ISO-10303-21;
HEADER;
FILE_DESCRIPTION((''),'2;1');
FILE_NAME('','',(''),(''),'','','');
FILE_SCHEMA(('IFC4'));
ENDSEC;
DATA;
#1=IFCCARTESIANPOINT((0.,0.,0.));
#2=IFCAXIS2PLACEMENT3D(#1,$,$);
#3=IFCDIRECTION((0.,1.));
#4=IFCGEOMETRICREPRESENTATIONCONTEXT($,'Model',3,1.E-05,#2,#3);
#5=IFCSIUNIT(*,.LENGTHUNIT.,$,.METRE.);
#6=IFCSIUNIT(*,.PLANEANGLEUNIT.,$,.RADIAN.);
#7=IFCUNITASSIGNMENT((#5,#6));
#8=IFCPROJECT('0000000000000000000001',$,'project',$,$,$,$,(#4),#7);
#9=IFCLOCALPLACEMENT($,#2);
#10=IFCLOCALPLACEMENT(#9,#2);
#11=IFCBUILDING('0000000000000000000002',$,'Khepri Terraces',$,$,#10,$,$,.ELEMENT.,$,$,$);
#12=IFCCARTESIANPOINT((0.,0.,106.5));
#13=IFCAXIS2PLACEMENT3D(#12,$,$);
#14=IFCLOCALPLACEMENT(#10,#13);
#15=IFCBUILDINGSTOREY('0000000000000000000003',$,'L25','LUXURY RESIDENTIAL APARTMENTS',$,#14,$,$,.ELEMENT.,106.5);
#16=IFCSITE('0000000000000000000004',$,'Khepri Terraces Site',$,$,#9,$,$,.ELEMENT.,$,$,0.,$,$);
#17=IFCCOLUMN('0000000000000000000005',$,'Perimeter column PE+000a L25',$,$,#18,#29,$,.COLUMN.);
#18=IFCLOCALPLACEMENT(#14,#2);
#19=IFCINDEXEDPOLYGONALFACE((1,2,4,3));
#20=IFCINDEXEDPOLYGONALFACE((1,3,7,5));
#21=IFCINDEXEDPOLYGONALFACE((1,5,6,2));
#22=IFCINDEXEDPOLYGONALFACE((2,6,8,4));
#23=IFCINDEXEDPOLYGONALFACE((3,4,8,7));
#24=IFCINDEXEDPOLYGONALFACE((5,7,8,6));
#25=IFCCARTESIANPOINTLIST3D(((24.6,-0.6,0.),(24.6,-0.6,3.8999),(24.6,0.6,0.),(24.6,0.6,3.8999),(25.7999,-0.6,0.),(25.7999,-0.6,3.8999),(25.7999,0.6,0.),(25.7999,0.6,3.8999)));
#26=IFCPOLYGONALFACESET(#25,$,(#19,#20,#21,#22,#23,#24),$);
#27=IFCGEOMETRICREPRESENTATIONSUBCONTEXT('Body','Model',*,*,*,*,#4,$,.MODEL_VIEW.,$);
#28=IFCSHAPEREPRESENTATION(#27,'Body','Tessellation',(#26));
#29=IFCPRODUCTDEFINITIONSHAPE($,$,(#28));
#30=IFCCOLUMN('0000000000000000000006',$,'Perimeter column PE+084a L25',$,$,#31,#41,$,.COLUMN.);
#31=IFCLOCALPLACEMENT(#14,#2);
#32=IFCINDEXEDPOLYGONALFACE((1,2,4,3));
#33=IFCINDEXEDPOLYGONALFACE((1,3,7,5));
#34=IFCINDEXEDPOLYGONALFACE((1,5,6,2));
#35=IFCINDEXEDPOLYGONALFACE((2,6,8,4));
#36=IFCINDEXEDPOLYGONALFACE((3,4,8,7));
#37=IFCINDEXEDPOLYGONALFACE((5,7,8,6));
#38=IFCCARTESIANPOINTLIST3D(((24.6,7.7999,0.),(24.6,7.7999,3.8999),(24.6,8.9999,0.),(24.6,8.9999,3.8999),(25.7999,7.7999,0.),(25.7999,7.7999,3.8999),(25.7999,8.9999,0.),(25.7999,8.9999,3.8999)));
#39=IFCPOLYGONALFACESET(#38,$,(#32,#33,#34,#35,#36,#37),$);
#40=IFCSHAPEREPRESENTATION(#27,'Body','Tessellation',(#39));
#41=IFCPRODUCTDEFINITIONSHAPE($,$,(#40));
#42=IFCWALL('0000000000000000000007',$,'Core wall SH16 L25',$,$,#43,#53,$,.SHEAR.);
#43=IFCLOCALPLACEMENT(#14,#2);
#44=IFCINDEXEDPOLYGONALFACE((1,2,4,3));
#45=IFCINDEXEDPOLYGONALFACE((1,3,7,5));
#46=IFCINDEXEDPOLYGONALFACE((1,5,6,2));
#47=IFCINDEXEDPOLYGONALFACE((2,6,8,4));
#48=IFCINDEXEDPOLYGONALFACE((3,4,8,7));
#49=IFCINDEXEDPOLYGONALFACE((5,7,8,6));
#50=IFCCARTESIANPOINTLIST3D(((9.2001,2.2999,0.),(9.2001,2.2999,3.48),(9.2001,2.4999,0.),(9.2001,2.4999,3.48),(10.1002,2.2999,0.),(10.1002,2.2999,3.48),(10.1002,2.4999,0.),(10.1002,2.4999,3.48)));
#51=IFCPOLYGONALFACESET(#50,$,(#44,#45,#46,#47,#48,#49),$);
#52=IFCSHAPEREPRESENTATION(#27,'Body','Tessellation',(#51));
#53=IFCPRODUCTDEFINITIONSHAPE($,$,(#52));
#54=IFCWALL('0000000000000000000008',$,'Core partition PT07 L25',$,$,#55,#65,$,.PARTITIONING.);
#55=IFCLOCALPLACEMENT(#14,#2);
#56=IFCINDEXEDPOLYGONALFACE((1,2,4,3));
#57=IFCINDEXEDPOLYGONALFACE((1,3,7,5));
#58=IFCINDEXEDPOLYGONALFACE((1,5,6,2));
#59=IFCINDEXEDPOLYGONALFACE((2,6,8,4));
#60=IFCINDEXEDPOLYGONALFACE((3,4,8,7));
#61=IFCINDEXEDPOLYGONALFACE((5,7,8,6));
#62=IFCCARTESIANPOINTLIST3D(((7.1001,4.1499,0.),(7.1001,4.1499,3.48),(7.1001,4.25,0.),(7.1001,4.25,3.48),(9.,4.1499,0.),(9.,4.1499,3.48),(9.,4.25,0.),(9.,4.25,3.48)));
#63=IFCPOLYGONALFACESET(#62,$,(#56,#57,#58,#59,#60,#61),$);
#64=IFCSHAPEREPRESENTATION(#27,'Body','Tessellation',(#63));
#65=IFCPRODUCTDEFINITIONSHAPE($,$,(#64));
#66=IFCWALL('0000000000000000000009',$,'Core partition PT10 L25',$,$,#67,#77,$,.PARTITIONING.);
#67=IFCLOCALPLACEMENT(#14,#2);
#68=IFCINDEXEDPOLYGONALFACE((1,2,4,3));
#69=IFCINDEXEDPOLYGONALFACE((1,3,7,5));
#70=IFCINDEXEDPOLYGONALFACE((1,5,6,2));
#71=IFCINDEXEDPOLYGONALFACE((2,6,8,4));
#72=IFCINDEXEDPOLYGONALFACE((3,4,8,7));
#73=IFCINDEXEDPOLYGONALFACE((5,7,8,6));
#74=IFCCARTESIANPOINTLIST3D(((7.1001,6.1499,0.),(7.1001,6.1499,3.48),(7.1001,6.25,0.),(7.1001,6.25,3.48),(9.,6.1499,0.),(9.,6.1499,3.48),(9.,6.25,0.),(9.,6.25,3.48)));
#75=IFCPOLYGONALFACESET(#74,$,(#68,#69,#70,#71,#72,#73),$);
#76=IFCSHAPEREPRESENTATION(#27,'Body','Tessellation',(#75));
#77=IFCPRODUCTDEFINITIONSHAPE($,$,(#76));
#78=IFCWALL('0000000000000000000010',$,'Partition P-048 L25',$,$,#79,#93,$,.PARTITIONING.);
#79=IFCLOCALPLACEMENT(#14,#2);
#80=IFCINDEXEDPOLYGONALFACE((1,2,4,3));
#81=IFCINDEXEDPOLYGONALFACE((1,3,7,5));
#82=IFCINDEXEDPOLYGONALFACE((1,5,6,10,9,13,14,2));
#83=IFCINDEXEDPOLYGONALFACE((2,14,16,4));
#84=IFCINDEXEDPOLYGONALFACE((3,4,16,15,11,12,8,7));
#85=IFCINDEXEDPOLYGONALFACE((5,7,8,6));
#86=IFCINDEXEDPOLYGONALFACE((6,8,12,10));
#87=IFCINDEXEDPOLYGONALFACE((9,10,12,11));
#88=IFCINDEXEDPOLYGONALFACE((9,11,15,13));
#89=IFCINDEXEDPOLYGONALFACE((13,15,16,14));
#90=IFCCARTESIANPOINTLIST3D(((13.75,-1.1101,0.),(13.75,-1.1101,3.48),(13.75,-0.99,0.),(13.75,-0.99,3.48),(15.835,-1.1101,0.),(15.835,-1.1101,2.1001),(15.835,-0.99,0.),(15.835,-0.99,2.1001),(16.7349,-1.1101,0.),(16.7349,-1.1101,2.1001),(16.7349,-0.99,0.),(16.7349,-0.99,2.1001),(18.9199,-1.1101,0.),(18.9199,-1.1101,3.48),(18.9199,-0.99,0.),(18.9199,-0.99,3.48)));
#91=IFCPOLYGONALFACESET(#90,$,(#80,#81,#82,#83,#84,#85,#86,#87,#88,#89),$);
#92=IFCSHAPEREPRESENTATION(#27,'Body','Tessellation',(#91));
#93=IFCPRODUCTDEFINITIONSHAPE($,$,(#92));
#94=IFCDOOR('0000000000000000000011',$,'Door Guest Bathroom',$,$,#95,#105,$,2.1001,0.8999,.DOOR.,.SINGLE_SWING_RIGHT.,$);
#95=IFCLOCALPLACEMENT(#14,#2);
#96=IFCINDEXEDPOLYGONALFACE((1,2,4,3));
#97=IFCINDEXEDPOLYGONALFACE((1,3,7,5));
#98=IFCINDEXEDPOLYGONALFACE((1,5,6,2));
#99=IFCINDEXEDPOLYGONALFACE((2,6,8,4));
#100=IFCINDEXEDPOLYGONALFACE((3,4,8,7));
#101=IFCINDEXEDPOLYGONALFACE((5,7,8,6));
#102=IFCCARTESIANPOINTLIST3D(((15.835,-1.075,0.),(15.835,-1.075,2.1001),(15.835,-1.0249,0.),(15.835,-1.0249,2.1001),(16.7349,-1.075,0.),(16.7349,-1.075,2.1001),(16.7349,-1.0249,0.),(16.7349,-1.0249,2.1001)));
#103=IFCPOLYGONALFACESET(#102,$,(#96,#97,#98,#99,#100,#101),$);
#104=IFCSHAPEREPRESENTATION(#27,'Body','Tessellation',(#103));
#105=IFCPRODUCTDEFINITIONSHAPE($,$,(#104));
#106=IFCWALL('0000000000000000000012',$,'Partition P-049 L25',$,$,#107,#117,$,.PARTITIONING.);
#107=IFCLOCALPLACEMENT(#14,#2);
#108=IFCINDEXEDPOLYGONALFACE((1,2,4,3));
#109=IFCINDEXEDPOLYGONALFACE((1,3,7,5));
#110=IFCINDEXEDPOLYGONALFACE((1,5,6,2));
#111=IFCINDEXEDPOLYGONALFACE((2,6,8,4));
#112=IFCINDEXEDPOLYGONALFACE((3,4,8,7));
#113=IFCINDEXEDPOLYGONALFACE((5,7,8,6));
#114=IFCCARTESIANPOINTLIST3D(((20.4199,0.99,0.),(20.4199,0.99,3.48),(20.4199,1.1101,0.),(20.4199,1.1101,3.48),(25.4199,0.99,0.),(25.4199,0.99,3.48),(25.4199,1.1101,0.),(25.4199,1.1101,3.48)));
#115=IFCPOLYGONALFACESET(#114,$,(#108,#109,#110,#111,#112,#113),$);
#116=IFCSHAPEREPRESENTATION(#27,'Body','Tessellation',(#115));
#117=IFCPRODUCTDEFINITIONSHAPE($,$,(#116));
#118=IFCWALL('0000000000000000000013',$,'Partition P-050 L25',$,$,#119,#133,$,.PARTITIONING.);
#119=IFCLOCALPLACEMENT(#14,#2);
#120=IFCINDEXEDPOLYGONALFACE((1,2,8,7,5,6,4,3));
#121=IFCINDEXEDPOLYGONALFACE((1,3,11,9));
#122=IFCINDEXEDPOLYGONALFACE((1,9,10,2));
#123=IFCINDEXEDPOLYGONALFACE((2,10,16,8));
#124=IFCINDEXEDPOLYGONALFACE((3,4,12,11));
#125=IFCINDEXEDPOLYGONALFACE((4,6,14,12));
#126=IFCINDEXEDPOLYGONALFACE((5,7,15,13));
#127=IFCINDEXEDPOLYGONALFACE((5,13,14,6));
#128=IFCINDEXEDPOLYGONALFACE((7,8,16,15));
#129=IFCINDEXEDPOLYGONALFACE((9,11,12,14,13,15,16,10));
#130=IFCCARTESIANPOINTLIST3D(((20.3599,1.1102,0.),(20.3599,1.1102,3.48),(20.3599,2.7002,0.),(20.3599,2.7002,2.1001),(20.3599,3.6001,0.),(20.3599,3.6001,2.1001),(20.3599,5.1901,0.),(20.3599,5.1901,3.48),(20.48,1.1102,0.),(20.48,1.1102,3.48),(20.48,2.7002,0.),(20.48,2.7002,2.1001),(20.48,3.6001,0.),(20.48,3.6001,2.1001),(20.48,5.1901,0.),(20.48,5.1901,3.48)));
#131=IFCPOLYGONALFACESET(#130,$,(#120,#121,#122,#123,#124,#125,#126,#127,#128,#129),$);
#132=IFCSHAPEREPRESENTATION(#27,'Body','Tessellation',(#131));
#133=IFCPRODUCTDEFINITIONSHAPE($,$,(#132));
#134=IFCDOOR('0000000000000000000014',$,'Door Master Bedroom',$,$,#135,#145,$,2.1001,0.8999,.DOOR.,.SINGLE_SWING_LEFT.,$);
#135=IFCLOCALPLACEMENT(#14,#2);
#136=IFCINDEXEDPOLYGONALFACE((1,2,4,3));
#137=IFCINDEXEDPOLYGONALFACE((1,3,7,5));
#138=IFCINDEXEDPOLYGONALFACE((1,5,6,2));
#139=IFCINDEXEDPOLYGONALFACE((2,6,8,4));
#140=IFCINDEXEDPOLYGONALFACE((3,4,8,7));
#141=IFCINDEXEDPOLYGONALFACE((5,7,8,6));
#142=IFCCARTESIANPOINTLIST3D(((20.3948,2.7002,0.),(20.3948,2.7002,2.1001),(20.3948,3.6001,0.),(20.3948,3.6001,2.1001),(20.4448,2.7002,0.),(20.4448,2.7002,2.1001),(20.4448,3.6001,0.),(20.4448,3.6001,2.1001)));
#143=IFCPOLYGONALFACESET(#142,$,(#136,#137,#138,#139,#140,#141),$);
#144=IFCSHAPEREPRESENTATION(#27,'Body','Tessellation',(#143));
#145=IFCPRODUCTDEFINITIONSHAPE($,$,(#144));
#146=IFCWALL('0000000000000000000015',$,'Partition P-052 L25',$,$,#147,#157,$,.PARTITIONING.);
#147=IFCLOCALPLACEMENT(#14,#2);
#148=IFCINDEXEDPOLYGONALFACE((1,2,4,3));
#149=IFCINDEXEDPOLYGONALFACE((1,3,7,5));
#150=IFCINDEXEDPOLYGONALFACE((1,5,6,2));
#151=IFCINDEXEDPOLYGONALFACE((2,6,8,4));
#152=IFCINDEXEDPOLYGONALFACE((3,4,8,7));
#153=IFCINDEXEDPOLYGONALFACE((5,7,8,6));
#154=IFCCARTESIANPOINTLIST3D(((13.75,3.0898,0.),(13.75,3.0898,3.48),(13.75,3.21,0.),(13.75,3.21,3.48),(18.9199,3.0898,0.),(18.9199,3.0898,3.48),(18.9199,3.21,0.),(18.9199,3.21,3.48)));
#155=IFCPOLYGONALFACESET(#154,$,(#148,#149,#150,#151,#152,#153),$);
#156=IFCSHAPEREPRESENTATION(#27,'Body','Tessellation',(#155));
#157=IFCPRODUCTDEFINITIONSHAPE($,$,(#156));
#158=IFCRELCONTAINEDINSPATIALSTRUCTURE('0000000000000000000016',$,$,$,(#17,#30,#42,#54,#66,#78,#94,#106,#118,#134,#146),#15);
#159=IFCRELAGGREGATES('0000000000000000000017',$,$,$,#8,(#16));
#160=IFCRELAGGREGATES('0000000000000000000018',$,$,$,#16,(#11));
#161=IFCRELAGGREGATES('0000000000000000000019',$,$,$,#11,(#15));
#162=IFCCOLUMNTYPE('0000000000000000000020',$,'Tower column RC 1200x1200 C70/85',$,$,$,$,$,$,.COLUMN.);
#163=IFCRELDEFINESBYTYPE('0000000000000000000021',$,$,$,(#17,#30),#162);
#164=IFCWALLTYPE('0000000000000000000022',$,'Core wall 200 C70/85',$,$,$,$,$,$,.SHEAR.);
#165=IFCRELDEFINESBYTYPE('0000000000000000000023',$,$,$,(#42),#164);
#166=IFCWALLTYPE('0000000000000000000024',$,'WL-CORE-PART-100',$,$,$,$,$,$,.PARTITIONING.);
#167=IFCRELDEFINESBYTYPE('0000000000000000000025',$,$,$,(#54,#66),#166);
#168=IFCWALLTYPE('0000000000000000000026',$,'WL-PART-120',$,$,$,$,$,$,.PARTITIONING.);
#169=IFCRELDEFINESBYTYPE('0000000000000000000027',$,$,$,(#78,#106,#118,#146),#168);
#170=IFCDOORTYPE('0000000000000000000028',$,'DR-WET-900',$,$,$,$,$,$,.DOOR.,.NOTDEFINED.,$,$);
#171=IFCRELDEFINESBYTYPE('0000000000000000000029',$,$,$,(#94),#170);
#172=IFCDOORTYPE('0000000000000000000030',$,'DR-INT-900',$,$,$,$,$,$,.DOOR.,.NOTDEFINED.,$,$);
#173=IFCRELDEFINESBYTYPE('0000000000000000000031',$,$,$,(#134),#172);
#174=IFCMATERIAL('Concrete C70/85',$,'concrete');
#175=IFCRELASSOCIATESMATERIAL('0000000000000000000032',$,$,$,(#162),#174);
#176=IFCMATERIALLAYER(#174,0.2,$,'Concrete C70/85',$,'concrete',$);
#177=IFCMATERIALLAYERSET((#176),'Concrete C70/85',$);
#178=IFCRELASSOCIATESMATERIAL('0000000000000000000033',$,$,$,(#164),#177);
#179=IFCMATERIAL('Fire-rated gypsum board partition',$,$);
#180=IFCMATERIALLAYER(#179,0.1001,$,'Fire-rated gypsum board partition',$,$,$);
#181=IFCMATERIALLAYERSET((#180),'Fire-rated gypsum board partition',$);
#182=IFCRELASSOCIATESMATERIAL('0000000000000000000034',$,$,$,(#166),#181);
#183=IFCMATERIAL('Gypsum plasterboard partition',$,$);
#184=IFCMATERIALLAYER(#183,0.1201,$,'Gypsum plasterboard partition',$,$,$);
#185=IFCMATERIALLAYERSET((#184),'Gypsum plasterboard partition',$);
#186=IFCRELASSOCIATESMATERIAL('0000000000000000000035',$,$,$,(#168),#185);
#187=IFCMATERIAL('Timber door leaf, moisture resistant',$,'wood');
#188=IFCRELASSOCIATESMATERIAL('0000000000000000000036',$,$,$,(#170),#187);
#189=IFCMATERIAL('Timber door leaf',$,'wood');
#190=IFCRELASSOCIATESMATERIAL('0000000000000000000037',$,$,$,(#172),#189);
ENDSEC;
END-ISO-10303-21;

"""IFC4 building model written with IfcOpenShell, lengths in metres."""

from ifc_helpers import new_model, si_unit, direction, frame, frame_2d, origin, origin_2d, place, context, subcontext, project, spatial, rectangle, extrude, material, layer, layer_set, material_profile, profile_set, type_object, element, fill, save


model = new_model("IFC4")

# Units and contexts
model_context = context("Model", 3, precision=1e-05, world=origin(), true_north=direction((0.0, 1.0)))
body_context = subcontext(model_context, "Body", "Model", "MODEL_VIEW")
ifc_project = project(units=[si_unit("LENGTHUNIT", "METRE"), si_unit("PLANEANGLEUNIT", "RADIAN")], contexts=[model_context])

# Site, building, storey
site_placement = place(None, origin())
site = spatial("IfcSite", under=ifc_project, at=site_placement, Name="Khepri Terraces Site", CompositionType="ELEMENT", RefElevation=0.0)
building_placement = place(site_placement, origin())
building = spatial("IfcBuilding", under=site, at=building_placement, Name="Khepri Terraces", CompositionType="ELEMENT")
storey_placement = place(building_placement, frame((0.0, 0.0, 106.5)))
storey = spatial("IfcBuildingStorey", under=building, at=storey_placement, Name="L25", Description="LUXURY RESIDENTIAL APARTMENTS", CompositionType="ELEMENT", Elevation=106.5)

# Columns
ifc_material_1 = material(Name="Concrete C70/85", Category="concrete")
ifc_material_profile = material_profile(ifc_material_1, rectangle(XDim=1.2, YDim=1.2, at=origin_2d()), Name="Concrete C70/85", Category="concrete")
ifc_profile_set = profile_set([ifc_material_profile], Name="Concrete C70/85")
column_type = type_object("IfcColumnType", Name="Tower column RC 1200x1200 C70/85", PredefinedType="COLUMN", material=ifc_profile_set)
for number, where, z_axis, x_axis, name in (
    (1, (25.2, 0.0, 0.0), (0.0, 0.0, 1.0), (1.0, 0.0, 0.0), "Perimeter column PE+000a L25"),
    (2, (25.2, 8.3999, 0.0), (0.0, 0.0, 1.0), (1.0, 0.0, 0.0), "Perimeter column PE+084a L25"),
):
    element("IfcColumn", number, at=place(storey_placement, frame(where, z_axis=z_axis, x_axis=x_axis)), inside=storey, type_object=column_type, Name=name, PredefinedType="COLUMN", context=body_context, shape_type="SweptSolid", body=[
        extrude(rectangle(XDim=1.2, YDim=1.2, at=origin_2d()), origin(), (0.0, 0.0, 1.0), 3.8999),
    ])

# Walls
ifc_layer_1 = layer(ifc_material_1, 0.2, Name="Concrete C70/85", Category="concrete")
ifc_layer_set_1 = layer_set([ifc_layer_1], Name="Concrete C70/85")
wall_type_1 = type_object("IfcWallType", Name="Core wall 200 C70/85", PredefinedType="SHEAR", material=ifc_layer_set_1)
wall_1_placement = place(storey_placement, frame((9.2, 2.3999, 0.0), z_axis=(0.0, 0.0, 1.0), x_axis=(1.0, 0.0, 0.0)))
element("IfcWall", 3, at=wall_1_placement, inside=storey, type_object=wall_type_1, Name="Core wall SH16 L25", PredefinedType="SHEAR", context=body_context, shape_type="SweptSolid", body=[
    extrude(rectangle(XDim=0.9001, YDim=0.2, at=frame_2d((0.4502, 0.0))), origin(), (0.0, 0.0, 1.0), 3.48),
])
ifc_material_2 = material(Name="Fire-rated gypsum board partition")
ifc_layer_2 = layer(ifc_material_2, 0.1001, Name="Fire-rated gypsum board partition")
ifc_layer_set_2 = layer_set([ifc_layer_2], Name="Fire-rated gypsum board partition")
wall_type_2 = type_object("IfcWallType", Name="WL-CORE-PART-100", PredefinedType="PARTITIONING", material=ifc_layer_set_2)
for number, where, z_axis, x_axis, name in (
    (4, (7.1001, 4.2, 0.0), (0.0, 0.0, 1.0), (1.0, 0.0, 0.0), "Core partition PT07 L25"),
    (5, (7.1001, 6.2, 0.0), (0.0, 0.0, 1.0), (1.0, 0.0, 0.0), "Core partition PT10 L25"),
):
    element("IfcWall", number, at=place(storey_placement, frame(where, z_axis=z_axis, x_axis=x_axis)), inside=storey, type_object=wall_type_2, Name=name, PredefinedType="PARTITIONING", context=body_context, shape_type="SweptSolid", body=[
        extrude(rectangle(XDim=1.8999, YDim=0.1001, at=frame_2d((0.95, 0.0))), origin(), (0.0, 0.0, 1.0), 3.48),
    ])

# Wall, opening, door
ifc_material_3 = material(Name="Gypsum plasterboard partition")
ifc_layer_3 = layer(ifc_material_3, 0.1201, Name="Gypsum plasterboard partition")
ifc_layer_set_3 = layer_set([ifc_layer_3], Name="Gypsum plasterboard partition")
wall_type_3 = type_object("IfcWallType", Name="WL-PART-120", PredefinedType="PARTITIONING", material=ifc_layer_set_3)
wall_2_placement = place(storey_placement, frame((13.75, -1.05, 0.0), z_axis=(0.0, 0.0, 1.0), x_axis=(1.0, 0.0, 0.0)))
wall_2 = element("IfcWall", 6, at=wall_2_placement, inside=storey, type_object=wall_type_3, Name="Partition P-048 L25", PredefinedType="PARTITIONING", context=body_context, shape_type="SweptSolid", body=[
    extrude(rectangle(XDim=5.1699, YDim=0.1201, at=frame_2d((2.585, 0.0))), origin(), (0.0, 0.0, 1.0), 3.48),
])
opening_1_placement = place(wall_2_placement, frame((2.085, 0.0, 0.0)))
opening_1 = element("IfcOpeningElement", 7, at=opening_1_placement, cuts=wall_2, PredefinedType="OPENING", context=body_context, shape_type="SweptSolid", body=[
    extrude(rectangle(XDim=0.8999, YDim=2.1001, at=frame_2d((0.45, 1.05))), frame((0.0, 0.0701, 0.0), z_axis=(0.0, -1.0, 0.0), x_axis=(1.0, 0.0, 0.0)), (0.0, 0.0, 1.0), 0.1401),
])
ifc_material_4 = material(Name="Timber door leaf, moisture resistant", Category="wood")
door_type_1 = type_object("IfcDoorType", Name="DR-WET-900", OperationType="NOTDEFINED", PredefinedType="DOOR", material=ifc_material_4)
door_1_placement = place(opening_1_placement, frame((0.8999, 0.0, 0.0), z_axis=(0.0, 0.0, 1.0), x_axis=(-1.0, 0.0, 0.0)))
door_1 = element("IfcDoor", 8, at=door_1_placement, inside=storey, type_object=door_type_1, Name="Door Guest Bathroom", OperationType="SINGLE_SWING_RIGHT", OverallHeight=2.1001, OverallWidth=0.8999, PredefinedType="DOOR", context=body_context, shape_type="SweptSolid", body=[
    extrude(rectangle(XDim=0.8999, YDim=2.1001, at=frame_2d((0.45, 1.05))), frame((0.0, 0.0249, 0.0), z_axis=(0.0, -1.0, 0.0), x_axis=(1.0, 0.0, 0.0)), (0.0, 0.0, 1.0), 0.05),
])
fill(opening_1, door_1)

# Wall
wall_3_placement = place(storey_placement, frame((20.4199, 1.05, 0.0), z_axis=(0.0, 0.0, 1.0), x_axis=(1.0, 0.0, 0.0)))
element("IfcWall", 9, at=wall_3_placement, inside=storey, type_object=wall_type_3, Name="Partition P-049 L25", PredefinedType="PARTITIONING", context=body_context, shape_type="SweptSolid", body=[
    extrude(rectangle(XDim=5.0, YDim=0.1201, at=frame_2d((2.5, 0.0))), origin(), (0.0, 0.0, 1.0), 3.48),
])

# Wall, opening, door
wall_4_placement = place(storey_placement, frame((20.4199, 1.1101, 0.0), z_axis=(0.0, 0.0, 1.0), x_axis=(0.0, 1.0, 0.0)))
wall_4 = element("IfcWall", 10, at=wall_4_placement, inside=storey, type_object=wall_type_3, Name="Partition P-050 L25", PredefinedType="PARTITIONING", context=body_context, shape_type="SweptSolid", body=[
    extrude(rectangle(XDim=4.0798, YDim=0.1201, at=frame_2d((2.04, 0.0))), origin(), (0.0, 0.0, 1.0), 3.48),
])
opening_2_placement = place(wall_4_placement, frame((1.5901, 0.0, 0.0)))
opening_2 = element("IfcOpeningElement", 11, at=opening_2_placement, cuts=wall_4, PredefinedType="OPENING", context=body_context, shape_type="SweptSolid", body=[
    extrude(rectangle(XDim=0.8999, YDim=2.1001, at=frame_2d((0.45, 1.05))), frame((0.0, 0.0701, 0.0), z_axis=(0.0, -1.0, 0.0), x_axis=(1.0, 0.0, 0.0)), (0.0, 0.0, 1.0), 0.1401),
])
ifc_material_5 = material(Name="Timber door leaf", Category="wood")
door_type_2 = type_object("IfcDoorType", Name="DR-INT-900", OperationType="NOTDEFINED", PredefinedType="DOOR", material=ifc_material_5)
door_2_placement = place(opening_2_placement, frame((0.8999, 0.0, 0.0), z_axis=(0.0, 0.0, 1.0), x_axis=(-1.0, 0.0, 0.0)))
door_2 = element("IfcDoor", 12, at=door_2_placement, inside=storey, type_object=door_type_2, Name="Door Master Bedroom", OperationType="SINGLE_SWING_LEFT", OverallHeight=2.1001, OverallWidth=0.8999, PredefinedType="DOOR", context=body_context, shape_type="SweptSolid", body=[
    extrude(rectangle(XDim=0.8999, YDim=2.1001, at=frame_2d((0.45, 1.05))), frame((0.0, 0.0249, 0.0), z_axis=(0.0, -1.0, 0.0), x_axis=(1.0, 0.0, 0.0)), (0.0, 0.0, 1.0), 0.05),
])
fill(opening_2, door_2)

# Wall
wall_5_placement = place(storey_placement, frame((13.75, 3.1499, 0.0), z_axis=(0.0, 0.0, 1.0), x_axis=(1.0, 0.0, 0.0)))
element("IfcWall", 13, at=wall_5_placement, inside=storey, type_object=wall_type_3, Name="Partition P-052 L25", PredefinedType="PARTITIONING", context=body_context, shape_type="SweptSolid", body=[
    extrude(rectangle(XDim=5.1699, YDim=0.1201, at=frame_2d((2.585, 0.0))), origin(), (0.0, 0.0, 1.0), 3.48),
])

save(model, "model.ifc")
